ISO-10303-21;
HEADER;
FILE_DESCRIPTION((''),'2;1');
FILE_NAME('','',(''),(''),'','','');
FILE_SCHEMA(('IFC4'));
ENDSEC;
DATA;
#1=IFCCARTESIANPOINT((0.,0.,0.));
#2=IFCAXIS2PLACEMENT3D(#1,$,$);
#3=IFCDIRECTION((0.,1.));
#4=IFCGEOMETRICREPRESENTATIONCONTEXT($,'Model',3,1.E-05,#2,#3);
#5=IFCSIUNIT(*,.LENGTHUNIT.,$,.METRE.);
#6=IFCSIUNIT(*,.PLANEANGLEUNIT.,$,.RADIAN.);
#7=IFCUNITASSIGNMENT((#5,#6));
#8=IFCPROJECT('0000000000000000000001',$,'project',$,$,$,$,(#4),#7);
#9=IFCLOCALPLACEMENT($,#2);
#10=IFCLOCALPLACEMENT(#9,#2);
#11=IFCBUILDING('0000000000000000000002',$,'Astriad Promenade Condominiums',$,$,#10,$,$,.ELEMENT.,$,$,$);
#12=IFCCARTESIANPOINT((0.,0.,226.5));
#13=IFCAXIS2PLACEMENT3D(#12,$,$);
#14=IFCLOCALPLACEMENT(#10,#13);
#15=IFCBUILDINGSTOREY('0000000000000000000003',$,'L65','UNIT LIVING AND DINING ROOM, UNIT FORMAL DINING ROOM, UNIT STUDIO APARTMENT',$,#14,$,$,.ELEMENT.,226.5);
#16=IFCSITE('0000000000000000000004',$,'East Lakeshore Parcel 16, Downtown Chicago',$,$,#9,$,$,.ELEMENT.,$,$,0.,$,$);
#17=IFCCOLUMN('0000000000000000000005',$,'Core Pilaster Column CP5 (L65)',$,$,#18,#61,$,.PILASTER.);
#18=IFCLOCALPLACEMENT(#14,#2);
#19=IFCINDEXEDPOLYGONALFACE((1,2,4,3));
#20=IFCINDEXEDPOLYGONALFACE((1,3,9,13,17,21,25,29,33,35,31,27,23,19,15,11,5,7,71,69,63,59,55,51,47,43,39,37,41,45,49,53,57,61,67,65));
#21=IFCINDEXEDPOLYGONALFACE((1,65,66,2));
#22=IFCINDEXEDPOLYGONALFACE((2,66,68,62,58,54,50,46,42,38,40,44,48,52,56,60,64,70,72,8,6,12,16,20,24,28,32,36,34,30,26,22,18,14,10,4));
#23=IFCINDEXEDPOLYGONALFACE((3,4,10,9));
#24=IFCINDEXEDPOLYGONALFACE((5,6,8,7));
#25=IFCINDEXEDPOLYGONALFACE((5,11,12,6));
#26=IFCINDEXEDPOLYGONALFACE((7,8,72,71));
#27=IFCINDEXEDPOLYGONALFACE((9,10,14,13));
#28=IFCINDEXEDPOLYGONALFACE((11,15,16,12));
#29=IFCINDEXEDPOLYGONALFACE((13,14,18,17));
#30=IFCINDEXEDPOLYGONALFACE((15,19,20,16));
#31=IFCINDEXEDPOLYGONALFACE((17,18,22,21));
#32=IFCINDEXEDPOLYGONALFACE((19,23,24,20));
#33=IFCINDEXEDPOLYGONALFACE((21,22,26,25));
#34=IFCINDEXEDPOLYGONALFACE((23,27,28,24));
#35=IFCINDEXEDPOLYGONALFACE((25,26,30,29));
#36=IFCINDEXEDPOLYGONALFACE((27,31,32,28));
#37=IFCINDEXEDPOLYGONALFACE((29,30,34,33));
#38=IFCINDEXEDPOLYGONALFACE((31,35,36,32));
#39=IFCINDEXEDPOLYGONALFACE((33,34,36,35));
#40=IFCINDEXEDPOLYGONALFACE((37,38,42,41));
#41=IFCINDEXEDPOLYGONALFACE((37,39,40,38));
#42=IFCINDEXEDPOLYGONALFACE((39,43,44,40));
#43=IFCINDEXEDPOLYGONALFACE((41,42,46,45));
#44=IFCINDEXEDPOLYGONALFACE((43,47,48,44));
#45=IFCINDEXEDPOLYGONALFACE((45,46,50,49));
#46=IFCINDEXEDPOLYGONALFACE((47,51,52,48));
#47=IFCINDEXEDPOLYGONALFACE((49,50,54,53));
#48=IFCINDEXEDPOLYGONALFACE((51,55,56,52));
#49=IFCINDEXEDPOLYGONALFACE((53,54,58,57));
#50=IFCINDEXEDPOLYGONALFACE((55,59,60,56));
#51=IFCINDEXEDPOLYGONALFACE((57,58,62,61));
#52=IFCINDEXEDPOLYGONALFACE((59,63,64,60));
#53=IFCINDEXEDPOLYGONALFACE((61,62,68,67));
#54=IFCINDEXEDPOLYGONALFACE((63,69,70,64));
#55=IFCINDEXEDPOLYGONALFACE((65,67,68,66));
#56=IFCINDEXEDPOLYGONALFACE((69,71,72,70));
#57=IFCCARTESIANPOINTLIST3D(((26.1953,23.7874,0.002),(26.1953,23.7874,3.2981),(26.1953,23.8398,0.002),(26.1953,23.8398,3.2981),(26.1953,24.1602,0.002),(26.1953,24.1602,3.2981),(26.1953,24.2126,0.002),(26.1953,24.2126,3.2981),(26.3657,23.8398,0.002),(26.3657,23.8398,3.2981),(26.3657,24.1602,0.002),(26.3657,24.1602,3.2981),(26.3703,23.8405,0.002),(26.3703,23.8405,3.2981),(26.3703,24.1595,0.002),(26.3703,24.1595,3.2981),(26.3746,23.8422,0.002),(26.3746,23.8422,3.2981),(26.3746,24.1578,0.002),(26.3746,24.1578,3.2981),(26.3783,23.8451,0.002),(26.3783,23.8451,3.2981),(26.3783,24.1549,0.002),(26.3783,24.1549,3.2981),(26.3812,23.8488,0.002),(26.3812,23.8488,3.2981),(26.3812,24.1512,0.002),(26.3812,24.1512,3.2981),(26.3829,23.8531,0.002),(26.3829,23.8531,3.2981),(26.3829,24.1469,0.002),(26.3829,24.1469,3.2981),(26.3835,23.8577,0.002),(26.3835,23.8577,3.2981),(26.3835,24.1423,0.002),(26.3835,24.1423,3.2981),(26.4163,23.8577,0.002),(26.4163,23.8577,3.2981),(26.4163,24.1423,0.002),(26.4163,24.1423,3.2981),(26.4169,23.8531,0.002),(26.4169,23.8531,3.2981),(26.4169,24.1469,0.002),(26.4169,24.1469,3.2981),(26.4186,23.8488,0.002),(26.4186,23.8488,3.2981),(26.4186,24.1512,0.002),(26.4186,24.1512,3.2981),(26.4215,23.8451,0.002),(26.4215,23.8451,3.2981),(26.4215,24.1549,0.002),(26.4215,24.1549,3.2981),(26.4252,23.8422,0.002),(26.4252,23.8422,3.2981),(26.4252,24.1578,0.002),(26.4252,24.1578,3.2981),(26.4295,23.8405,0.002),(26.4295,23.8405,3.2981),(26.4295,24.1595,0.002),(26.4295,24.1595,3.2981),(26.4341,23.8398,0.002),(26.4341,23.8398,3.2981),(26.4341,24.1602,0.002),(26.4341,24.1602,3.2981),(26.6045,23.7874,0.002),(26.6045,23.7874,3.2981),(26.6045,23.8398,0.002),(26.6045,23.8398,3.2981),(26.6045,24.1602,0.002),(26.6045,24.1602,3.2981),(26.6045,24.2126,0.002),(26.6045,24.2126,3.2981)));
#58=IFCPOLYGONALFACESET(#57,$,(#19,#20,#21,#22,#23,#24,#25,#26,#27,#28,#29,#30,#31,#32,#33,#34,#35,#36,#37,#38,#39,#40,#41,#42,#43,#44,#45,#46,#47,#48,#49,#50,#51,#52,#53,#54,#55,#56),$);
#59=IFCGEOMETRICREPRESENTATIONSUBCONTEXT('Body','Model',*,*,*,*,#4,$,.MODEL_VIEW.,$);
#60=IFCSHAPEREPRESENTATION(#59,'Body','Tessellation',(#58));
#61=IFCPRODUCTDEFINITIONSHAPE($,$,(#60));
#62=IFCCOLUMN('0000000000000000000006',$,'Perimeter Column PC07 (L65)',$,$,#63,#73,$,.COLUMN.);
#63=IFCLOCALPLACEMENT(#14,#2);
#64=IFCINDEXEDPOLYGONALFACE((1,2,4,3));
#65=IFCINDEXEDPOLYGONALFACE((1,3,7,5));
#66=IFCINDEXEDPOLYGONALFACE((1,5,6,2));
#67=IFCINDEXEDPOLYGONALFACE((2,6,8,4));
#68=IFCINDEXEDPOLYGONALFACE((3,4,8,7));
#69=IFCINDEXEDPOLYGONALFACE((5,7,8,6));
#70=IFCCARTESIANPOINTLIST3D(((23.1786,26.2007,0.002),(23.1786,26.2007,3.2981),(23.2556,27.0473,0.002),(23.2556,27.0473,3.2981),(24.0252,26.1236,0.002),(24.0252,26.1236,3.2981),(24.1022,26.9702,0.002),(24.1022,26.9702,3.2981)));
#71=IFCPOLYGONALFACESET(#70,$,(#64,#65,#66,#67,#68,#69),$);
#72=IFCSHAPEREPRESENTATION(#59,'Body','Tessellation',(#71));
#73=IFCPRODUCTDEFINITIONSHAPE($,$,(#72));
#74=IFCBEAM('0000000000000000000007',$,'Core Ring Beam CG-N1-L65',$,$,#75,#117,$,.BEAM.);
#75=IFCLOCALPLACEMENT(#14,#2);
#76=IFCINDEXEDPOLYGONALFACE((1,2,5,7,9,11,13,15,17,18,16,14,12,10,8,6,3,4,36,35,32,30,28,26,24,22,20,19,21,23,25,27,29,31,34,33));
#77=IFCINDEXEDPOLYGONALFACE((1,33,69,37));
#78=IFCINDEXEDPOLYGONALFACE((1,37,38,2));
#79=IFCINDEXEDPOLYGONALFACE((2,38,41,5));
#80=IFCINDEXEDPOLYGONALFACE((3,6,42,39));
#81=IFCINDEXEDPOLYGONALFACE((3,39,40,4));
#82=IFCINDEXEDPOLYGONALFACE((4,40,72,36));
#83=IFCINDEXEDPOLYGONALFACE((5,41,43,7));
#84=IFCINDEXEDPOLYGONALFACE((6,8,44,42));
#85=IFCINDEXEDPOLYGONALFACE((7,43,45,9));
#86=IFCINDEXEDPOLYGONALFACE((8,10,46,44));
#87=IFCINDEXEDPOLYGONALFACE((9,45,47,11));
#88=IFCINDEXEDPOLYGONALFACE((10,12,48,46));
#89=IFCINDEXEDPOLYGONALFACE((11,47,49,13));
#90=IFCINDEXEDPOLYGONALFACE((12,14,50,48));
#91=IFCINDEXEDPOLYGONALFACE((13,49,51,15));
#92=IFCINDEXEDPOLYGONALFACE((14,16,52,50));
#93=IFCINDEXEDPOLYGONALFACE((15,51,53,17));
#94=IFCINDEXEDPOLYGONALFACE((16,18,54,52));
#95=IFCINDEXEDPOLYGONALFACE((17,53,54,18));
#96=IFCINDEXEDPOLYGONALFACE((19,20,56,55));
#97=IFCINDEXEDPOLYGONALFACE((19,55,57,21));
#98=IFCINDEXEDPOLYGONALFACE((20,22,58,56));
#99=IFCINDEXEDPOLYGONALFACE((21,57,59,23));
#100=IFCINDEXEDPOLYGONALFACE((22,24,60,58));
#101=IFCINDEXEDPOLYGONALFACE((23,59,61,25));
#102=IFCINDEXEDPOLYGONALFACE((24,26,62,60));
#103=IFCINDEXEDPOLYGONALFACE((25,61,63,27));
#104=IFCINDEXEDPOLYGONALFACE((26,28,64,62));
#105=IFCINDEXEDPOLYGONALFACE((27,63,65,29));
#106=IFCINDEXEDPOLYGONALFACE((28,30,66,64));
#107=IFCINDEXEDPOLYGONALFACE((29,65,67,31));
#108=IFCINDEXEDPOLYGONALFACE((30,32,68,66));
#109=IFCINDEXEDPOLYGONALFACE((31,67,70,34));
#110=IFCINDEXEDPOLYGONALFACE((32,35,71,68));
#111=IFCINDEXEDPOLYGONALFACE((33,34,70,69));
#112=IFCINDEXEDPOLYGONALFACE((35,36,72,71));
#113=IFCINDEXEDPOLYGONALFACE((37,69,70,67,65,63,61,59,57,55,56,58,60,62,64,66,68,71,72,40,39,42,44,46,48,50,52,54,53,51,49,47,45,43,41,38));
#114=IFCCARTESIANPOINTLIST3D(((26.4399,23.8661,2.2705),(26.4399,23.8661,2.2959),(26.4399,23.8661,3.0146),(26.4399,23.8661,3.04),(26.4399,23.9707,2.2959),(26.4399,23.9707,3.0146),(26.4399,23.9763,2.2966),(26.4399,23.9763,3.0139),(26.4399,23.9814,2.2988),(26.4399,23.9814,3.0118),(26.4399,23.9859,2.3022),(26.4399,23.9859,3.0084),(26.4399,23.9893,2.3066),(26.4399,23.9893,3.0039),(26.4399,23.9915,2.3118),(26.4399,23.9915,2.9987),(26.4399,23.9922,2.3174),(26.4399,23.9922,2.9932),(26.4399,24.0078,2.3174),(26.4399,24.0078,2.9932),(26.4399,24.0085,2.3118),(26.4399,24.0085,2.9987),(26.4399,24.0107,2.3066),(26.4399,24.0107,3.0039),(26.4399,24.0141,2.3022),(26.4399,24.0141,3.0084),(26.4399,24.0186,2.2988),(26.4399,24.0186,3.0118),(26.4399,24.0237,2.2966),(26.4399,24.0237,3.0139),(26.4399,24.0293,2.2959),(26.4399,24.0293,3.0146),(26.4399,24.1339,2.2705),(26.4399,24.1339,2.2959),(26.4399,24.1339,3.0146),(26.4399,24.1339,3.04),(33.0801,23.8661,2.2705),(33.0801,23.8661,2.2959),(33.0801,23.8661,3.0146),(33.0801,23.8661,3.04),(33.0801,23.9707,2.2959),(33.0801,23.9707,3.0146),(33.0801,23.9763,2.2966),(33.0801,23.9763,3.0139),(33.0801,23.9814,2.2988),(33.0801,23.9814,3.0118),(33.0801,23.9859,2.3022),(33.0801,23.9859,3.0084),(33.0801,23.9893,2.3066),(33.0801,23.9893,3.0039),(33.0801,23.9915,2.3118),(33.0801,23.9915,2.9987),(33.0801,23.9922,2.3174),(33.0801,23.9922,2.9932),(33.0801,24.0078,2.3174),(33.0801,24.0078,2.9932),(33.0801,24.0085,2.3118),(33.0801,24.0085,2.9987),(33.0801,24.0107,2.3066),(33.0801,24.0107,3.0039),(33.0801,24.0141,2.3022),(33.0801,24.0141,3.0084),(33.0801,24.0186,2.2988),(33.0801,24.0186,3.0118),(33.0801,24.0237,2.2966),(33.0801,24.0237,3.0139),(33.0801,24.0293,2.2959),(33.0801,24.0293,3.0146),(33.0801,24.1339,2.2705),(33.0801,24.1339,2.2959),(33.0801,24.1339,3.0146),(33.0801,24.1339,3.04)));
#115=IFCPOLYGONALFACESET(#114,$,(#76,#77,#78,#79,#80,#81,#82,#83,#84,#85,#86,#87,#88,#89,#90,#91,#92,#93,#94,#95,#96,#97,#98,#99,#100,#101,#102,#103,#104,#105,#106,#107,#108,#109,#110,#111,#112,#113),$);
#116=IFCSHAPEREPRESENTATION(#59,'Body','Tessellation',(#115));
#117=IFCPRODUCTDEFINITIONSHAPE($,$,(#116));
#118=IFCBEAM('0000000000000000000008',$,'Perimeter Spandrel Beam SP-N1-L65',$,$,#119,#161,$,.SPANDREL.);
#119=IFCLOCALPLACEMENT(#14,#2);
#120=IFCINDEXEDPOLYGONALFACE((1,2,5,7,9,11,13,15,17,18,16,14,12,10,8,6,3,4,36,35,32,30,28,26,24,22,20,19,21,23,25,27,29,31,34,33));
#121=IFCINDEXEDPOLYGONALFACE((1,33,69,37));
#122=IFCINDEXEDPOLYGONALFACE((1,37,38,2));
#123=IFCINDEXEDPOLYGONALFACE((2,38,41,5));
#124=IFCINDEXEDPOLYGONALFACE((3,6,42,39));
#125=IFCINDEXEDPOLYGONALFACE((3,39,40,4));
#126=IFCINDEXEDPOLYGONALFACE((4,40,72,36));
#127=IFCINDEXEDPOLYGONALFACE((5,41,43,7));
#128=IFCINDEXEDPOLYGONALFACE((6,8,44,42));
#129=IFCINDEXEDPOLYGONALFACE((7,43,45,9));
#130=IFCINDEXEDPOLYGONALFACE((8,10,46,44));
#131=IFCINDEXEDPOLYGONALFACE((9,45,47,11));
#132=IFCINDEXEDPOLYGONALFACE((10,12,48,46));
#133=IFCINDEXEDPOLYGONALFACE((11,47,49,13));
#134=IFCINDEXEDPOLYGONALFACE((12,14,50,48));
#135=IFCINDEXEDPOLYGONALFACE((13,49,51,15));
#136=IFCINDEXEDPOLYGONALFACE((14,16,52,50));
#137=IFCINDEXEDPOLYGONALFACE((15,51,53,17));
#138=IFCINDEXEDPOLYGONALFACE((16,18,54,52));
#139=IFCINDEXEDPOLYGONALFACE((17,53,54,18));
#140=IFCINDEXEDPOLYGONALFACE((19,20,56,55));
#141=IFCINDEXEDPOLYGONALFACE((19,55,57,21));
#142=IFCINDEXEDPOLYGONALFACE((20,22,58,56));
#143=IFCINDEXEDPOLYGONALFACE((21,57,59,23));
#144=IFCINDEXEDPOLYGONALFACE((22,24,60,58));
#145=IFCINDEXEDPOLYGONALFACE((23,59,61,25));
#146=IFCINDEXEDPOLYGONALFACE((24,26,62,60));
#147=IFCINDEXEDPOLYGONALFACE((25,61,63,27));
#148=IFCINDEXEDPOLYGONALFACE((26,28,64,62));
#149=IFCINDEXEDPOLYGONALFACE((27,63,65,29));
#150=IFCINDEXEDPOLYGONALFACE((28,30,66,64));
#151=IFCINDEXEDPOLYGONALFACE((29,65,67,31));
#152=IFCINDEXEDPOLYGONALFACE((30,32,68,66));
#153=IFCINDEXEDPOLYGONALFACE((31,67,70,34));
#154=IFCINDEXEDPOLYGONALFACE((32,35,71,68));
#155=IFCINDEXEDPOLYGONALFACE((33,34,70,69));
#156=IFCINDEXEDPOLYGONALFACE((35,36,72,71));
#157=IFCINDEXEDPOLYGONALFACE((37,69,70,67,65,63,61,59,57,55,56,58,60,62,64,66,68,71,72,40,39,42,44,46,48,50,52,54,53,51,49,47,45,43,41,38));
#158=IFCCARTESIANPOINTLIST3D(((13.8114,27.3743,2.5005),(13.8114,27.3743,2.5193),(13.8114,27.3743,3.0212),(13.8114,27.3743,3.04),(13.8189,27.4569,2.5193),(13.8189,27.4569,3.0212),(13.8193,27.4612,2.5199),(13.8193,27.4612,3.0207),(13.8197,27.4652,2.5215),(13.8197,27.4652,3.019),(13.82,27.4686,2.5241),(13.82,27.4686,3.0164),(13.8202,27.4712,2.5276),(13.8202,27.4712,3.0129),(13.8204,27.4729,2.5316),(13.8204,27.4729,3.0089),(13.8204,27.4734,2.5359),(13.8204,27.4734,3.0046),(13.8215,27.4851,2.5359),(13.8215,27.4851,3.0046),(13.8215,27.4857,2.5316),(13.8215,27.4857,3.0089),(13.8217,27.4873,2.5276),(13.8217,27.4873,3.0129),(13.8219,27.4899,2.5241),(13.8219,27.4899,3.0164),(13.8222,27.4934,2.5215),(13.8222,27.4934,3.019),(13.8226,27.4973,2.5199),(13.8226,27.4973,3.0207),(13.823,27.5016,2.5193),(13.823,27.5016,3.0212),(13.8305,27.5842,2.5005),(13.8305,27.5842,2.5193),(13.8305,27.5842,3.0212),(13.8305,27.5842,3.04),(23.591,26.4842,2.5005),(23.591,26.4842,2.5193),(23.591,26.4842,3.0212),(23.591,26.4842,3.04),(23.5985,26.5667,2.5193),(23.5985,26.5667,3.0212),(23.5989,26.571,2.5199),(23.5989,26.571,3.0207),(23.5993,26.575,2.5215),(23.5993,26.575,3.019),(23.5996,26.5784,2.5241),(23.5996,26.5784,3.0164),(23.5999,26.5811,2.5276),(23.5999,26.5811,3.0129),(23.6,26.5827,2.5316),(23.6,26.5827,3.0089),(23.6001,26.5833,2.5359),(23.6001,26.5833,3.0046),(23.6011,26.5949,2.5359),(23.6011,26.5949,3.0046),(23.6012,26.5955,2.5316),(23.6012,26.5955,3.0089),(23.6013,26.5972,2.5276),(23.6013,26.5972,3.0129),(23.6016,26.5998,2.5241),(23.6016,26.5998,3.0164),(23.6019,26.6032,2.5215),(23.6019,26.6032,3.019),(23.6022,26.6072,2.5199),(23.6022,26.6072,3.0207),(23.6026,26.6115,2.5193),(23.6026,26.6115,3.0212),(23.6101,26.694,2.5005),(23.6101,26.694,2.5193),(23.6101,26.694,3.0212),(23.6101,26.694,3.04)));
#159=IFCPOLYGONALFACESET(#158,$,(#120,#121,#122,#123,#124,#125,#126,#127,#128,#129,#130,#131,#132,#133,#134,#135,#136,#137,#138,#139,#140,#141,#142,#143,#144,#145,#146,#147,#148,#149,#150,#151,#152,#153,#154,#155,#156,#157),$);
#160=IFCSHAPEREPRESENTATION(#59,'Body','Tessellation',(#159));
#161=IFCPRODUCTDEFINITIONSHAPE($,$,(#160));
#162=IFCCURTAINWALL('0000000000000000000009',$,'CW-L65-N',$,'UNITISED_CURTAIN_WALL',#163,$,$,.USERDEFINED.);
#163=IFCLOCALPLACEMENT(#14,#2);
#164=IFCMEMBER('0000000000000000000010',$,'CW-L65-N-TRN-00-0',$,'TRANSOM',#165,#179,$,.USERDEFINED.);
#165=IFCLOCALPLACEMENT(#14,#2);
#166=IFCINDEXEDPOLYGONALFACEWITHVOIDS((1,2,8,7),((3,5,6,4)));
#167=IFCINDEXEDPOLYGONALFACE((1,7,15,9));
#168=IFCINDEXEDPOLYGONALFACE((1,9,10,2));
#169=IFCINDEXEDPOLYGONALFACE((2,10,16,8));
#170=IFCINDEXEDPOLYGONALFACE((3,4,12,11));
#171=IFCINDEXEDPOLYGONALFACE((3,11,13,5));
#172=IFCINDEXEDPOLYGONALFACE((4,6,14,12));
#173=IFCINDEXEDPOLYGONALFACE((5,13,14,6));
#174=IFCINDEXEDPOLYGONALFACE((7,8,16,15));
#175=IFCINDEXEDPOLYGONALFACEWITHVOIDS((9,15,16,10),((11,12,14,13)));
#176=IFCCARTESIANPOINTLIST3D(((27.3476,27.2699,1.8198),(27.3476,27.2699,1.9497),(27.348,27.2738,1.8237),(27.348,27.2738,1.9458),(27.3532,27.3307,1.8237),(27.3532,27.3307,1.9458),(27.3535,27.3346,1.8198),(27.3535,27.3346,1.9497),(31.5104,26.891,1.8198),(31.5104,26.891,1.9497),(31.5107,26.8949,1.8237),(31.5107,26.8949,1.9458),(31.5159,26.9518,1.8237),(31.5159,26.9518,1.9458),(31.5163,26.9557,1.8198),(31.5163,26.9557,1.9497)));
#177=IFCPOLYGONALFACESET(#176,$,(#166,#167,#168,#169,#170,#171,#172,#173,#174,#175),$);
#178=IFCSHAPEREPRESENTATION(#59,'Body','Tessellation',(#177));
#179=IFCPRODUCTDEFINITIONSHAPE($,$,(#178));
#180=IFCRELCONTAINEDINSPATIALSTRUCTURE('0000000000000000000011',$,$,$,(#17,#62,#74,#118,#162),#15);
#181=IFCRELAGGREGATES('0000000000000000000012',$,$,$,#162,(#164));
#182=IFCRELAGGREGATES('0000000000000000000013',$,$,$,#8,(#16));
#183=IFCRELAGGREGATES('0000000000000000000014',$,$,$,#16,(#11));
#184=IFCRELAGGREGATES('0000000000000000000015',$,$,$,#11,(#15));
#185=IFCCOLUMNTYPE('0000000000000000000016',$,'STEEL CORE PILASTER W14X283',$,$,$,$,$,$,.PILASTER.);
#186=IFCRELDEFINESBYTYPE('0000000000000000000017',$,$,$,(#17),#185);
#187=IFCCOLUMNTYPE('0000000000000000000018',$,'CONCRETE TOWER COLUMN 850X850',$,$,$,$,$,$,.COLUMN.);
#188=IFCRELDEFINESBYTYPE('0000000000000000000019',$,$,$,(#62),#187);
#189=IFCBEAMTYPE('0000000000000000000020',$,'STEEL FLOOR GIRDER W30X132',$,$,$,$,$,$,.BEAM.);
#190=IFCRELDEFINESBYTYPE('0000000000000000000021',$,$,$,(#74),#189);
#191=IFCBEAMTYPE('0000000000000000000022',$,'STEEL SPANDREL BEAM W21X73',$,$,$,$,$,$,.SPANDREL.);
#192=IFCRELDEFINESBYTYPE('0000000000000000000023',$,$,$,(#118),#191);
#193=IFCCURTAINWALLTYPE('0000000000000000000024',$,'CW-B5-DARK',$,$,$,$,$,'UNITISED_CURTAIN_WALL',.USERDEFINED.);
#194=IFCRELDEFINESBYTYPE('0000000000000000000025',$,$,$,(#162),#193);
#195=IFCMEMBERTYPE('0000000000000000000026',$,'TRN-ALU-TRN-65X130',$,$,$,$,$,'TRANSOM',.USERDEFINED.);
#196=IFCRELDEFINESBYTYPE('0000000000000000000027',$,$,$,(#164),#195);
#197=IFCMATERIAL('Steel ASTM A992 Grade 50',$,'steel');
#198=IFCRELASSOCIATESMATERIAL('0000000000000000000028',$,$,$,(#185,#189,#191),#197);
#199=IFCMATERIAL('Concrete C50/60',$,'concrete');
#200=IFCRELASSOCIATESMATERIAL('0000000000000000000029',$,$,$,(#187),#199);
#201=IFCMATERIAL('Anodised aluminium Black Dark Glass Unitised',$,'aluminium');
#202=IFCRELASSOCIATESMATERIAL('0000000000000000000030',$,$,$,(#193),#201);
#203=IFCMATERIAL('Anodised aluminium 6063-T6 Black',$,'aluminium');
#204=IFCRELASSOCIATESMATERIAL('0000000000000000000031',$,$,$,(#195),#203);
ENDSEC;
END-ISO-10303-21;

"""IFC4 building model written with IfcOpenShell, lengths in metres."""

from ifc_helpers import new_model, si_unit, direction, frame, origin, origin_2d, place, context, subcontext, project, spatial, rectangle, hollow_rectangle, i_section, extrude, source, transform, mapped, material, material_profile, profile_set, type_object, type_shapes, element, aggregate, save


model = new_model("IFC4")

# Units and contexts
model_context = context("Model", 3, precision=1e-05, world=origin(), true_north=direction((0.0, 1.0)))
body_context = subcontext(model_context, "Body", "Model", "MODEL_VIEW")
ifc_project = project(units=[si_unit("LENGTHUNIT", "METRE"), si_unit("PLANEANGLEUNIT", "RADIAN")], contexts=[model_context])

# Site, building, storey
site_placement = place(None, origin())
site = spatial("IfcSite", under=ifc_project, at=site_placement, Name="East Lakeshore Parcel 16, Downtown Chicago", CompositionType="ELEMENT", RefElevation=0.0)
building_placement = place(site_placement, origin())
building = spatial("IfcBuilding", under=site, at=building_placement, Name="Astriad Promenade Condominiums", CompositionType="ELEMENT")
storey_placement = place(building_placement, frame((0.0, 0.0, 226.5)))
storey = spatial("IfcBuildingStorey", under=building, at=storey_placement, Name="L65", Description="UNIT LIVING AND DINING ROOM, UNIT FORMAL DINING ROOM, UNIT STUDIO APARTMENT", CompositionType="ELEMENT", Elevation=226.5)

# Columns
ifc_material_1 = material(Name="Steel ASTM A992 Grade 50", Category="steel")
ifc_material_profile_1 = material_profile(ifc_material_1, i_section(OverallWidth=0.4092, OverallDepth=0.4253, WebThickness=0.0327, FlangeThickness=0.0525, FilletRadius=0.0178, at=origin_2d()), Name="W14X283")
ifc_profile_set_1 = profile_set([ifc_material_profile_1], Name="Steel ASTM A992 Grade 50")
column_type_1 = type_object("IfcColumnType", Name="STEEL CORE PILASTER W14X283", PredefinedType="PILASTER", material=ifc_profile_set_1)
shared_shape_1 = source(origin(), body_context, "Body", "SweptSolid", [
    extrude(i_section(OverallWidth=0.4092, OverallDepth=0.4253, WebThickness=0.0327, FlangeThickness=0.0525, FilletRadius=0.0178, at=origin_2d()), origin(), (0.0, 0.0, 1.0), 3.2961),
])
type_shapes(column_type_1, [shared_shape_1])
column_1_placement = place(storey_placement, frame((26.3999, 24.0, 0.002), z_axis=(0.0, 0.0, 1.0), x_axis=(1.0, 0.0, 0.0)))
element("IfcColumn", 1, at=column_1_placement, inside=storey, type_object=column_type_1, Name="Core Pilaster Column CP5 (L65)", PredefinedType="PILASTER", context=body_context, shape_type="MappedRepresentation", body=[
    mapped(shared_shape_1, transform((0.0, 0.0, 0.0), scale=1.0)),
])
ifc_material_2 = material(Name="Concrete C50/60", Category="concrete")
ifc_material_profile_2 = material_profile(ifc_material_2, rectangle(XDim=0.8501, YDim=0.8501, at=origin_2d()), Name="RC-COL-850X850")
ifc_profile_set_2 = profile_set([ifc_material_profile_2], Name="Concrete C50/60")
column_type_2 = type_object("IfcColumnType", Name="CONCRETE TOWER COLUMN 850X850", PredefinedType="COLUMN", material=ifc_profile_set_2)
shared_shape_2 = source(origin(), body_context, "Body", "SweptSolid", [
    extrude(rectangle(XDim=0.8501, YDim=0.8501, at=origin_2d()), origin(), (0.0, 0.0, 1.0), 3.2961),
])
type_shapes(column_type_2, [shared_shape_2])
column_2_placement = place(storey_placement, frame((23.6404, 26.5854, 0.002), z_axis=(0.0, 0.0, 1.0), x_axis=(0.995884, -0.090633, 0.0)))
element("IfcColumn", 2, at=column_2_placement, inside=storey, type_object=column_type_2, Name="Perimeter Column PC07 (L65)", PredefinedType="COLUMN", context=body_context, shape_type="MappedRepresentation", body=[
    mapped(shared_shape_2, transform((0.0, 0.0, 0.0), scale=1.0)),
])

# Beams
ifc_material_profile_3 = material_profile(ifc_material_1, i_section(OverallWidth=0.2678, OverallDepth=0.7695, WebThickness=0.0156, FlangeThickness=0.0254, FilletRadius=0.0215, at=origin_2d()), Name="W30X132")
ifc_profile_set_3 = profile_set([ifc_material_profile_3], Name="Steel ASTM A992 Grade 50")
beam_type_1 = type_object("IfcBeamType", Name="STEEL FLOOR GIRDER W30X132", PredefinedType="BEAM", material=ifc_profile_set_3)
shared_shape_3 = source(origin(), body_context, "Body", "SweptSolid", [
    extrude(i_section(OverallWidth=0.2678, OverallDepth=0.7695, WebThickness=0.0156, FlangeThickness=0.0254, FilletRadius=0.0215, at=origin_2d()), origin(), (0.0, 0.0, 1.0), 6.6401),
])
type_shapes(beam_type_1, [shared_shape_3])
beam_1_placement = place(storey_placement, frame((26.4399, 24.0, 2.6553), z_axis=(1.0, 0.0, 0.0), x_axis=(0.0, 1.0, 0.0)))
element("IfcBeam", 3, at=beam_1_placement, inside=storey, type_object=beam_type_1, Name="Core Ring Beam CG-N1-L65", PredefinedType="BEAM", context=body_context, shape_type="MappedRepresentation", body=[
    mapped(shared_shape_3, transform((0.0, 0.0, 0.0), scale=1.0)),
])
ifc_material_profile_4 = material_profile(ifc_material_1, i_section(OverallWidth=0.2107, OverallDepth=0.5396, WebThickness=0.0117, FlangeThickness=0.0188, FilletRadius=0.0166, at=origin_2d()), Name="W21X73")
ifc_profile_set_4 = profile_set([ifc_material_profile_4], Name="Steel ASTM A992 Grade 50")
beam_type_2 = type_object("IfcBeamType", Name="STEEL SPANDREL BEAM W21X73", PredefinedType="SPANDREL", material=ifc_profile_set_4)
shared_shape_4 = source(origin(), body_context, "Body", "SweptSolid", [
    extrude(i_section(OverallWidth=0.2107, OverallDepth=0.5396, WebThickness=0.0117, FlangeThickness=0.0188, FilletRadius=0.0166, at=origin_2d()), origin(), (0.0, 0.0, 1.0), 9.8201),
])
type_shapes(beam_type_2, [shared_shape_4])
beam_2_placement = place(storey_placement, frame((23.6006, 26.5891, 2.7703), z_axis=(-0.995883, 0.090646, 0.0), x_axis=(-0.090646, -0.995883, 0.0)))
element("IfcBeam", 4, at=beam_2_placement, inside=storey, type_object=beam_type_2, Name="Perimeter Spandrel Beam SP-N1-L65", PredefinedType="SPANDREL", context=body_context, shape_type="MappedRepresentation", body=[
    mapped(shared_shape_4, transform((0.0, 0.0, 0.0), scale=1.0)),
])

# Curtain wall, member
ifc_material_3 = material(Name="Anodised aluminium Black Dark Glass Unitised", Category="aluminium")
curtain_wall_type = type_object("IfcCurtainWallType", Name="CW-B5-DARK", ElementType="UNITISED_CURTAIN_WALL", PredefinedType="USERDEFINED", material=ifc_material_3)
curtain_wall_placement = place(storey_placement, origin())
curtain_wall = element("IfcCurtainWall", 5, at=curtain_wall_placement, inside=storey, type_object=curtain_wall_type, Name="CW-L65-N", ObjectType="UNITISED_CURTAIN_WALL", PredefinedType="USERDEFINED")
ifc_material_4 = material(Name="Anodised aluminium 6063-T6 Black", Category="aluminium")
ifc_material_profile_5 = material_profile(ifc_material_4, hollow_rectangle(XDim=0.0649, YDim=0.1299, WallThickness=0.0039, at=origin_2d()), Name="ALU-TRN-65X130")
ifc_profile_set_5 = profile_set([ifc_material_profile_5], Name="Anodised aluminium 6063-T6 Black")
member_type_1 = type_object("IfcMemberType", Name="TRN-ALU-TRN-65X130", ElementType="TRANSOM", PredefinedType="USERDEFINED", material=ifc_profile_set_5)
shared_shape_5 = source(origin(), body_context, "Body", "SweptSolid", [
    extrude(hollow_rectangle(XDim=0.0649, YDim=0.1299, WallThickness=0.0039, at=origin_2d()), origin(), (0.0, 0.0, 1.0), 4.1799),
])
type_shapes(member_type_1, [shared_shape_5])
member_1_placement = place(storey_placement, frame((27.3506, 27.3022, 1.8848), z_axis=(0.995883, -0.090646, 0.0), x_axis=(0.090646, 0.995883, 0.0)))
member_1 = element("IfcMember", 6, at=member_1_placement, type_object=member_type_1, Name="CW-L65-N-TRN-00-0", ObjectType="TRANSOM", PredefinedType="USERDEFINED", context=body_context, shape_type="MappedRepresentation", body=[
    mapped(shared_shape_5, transform((0.0, 0.0, 0.0), scale=1.0)),
])
aggregate(curtain_wall, [member_1])

save(model, "model.ifc")
